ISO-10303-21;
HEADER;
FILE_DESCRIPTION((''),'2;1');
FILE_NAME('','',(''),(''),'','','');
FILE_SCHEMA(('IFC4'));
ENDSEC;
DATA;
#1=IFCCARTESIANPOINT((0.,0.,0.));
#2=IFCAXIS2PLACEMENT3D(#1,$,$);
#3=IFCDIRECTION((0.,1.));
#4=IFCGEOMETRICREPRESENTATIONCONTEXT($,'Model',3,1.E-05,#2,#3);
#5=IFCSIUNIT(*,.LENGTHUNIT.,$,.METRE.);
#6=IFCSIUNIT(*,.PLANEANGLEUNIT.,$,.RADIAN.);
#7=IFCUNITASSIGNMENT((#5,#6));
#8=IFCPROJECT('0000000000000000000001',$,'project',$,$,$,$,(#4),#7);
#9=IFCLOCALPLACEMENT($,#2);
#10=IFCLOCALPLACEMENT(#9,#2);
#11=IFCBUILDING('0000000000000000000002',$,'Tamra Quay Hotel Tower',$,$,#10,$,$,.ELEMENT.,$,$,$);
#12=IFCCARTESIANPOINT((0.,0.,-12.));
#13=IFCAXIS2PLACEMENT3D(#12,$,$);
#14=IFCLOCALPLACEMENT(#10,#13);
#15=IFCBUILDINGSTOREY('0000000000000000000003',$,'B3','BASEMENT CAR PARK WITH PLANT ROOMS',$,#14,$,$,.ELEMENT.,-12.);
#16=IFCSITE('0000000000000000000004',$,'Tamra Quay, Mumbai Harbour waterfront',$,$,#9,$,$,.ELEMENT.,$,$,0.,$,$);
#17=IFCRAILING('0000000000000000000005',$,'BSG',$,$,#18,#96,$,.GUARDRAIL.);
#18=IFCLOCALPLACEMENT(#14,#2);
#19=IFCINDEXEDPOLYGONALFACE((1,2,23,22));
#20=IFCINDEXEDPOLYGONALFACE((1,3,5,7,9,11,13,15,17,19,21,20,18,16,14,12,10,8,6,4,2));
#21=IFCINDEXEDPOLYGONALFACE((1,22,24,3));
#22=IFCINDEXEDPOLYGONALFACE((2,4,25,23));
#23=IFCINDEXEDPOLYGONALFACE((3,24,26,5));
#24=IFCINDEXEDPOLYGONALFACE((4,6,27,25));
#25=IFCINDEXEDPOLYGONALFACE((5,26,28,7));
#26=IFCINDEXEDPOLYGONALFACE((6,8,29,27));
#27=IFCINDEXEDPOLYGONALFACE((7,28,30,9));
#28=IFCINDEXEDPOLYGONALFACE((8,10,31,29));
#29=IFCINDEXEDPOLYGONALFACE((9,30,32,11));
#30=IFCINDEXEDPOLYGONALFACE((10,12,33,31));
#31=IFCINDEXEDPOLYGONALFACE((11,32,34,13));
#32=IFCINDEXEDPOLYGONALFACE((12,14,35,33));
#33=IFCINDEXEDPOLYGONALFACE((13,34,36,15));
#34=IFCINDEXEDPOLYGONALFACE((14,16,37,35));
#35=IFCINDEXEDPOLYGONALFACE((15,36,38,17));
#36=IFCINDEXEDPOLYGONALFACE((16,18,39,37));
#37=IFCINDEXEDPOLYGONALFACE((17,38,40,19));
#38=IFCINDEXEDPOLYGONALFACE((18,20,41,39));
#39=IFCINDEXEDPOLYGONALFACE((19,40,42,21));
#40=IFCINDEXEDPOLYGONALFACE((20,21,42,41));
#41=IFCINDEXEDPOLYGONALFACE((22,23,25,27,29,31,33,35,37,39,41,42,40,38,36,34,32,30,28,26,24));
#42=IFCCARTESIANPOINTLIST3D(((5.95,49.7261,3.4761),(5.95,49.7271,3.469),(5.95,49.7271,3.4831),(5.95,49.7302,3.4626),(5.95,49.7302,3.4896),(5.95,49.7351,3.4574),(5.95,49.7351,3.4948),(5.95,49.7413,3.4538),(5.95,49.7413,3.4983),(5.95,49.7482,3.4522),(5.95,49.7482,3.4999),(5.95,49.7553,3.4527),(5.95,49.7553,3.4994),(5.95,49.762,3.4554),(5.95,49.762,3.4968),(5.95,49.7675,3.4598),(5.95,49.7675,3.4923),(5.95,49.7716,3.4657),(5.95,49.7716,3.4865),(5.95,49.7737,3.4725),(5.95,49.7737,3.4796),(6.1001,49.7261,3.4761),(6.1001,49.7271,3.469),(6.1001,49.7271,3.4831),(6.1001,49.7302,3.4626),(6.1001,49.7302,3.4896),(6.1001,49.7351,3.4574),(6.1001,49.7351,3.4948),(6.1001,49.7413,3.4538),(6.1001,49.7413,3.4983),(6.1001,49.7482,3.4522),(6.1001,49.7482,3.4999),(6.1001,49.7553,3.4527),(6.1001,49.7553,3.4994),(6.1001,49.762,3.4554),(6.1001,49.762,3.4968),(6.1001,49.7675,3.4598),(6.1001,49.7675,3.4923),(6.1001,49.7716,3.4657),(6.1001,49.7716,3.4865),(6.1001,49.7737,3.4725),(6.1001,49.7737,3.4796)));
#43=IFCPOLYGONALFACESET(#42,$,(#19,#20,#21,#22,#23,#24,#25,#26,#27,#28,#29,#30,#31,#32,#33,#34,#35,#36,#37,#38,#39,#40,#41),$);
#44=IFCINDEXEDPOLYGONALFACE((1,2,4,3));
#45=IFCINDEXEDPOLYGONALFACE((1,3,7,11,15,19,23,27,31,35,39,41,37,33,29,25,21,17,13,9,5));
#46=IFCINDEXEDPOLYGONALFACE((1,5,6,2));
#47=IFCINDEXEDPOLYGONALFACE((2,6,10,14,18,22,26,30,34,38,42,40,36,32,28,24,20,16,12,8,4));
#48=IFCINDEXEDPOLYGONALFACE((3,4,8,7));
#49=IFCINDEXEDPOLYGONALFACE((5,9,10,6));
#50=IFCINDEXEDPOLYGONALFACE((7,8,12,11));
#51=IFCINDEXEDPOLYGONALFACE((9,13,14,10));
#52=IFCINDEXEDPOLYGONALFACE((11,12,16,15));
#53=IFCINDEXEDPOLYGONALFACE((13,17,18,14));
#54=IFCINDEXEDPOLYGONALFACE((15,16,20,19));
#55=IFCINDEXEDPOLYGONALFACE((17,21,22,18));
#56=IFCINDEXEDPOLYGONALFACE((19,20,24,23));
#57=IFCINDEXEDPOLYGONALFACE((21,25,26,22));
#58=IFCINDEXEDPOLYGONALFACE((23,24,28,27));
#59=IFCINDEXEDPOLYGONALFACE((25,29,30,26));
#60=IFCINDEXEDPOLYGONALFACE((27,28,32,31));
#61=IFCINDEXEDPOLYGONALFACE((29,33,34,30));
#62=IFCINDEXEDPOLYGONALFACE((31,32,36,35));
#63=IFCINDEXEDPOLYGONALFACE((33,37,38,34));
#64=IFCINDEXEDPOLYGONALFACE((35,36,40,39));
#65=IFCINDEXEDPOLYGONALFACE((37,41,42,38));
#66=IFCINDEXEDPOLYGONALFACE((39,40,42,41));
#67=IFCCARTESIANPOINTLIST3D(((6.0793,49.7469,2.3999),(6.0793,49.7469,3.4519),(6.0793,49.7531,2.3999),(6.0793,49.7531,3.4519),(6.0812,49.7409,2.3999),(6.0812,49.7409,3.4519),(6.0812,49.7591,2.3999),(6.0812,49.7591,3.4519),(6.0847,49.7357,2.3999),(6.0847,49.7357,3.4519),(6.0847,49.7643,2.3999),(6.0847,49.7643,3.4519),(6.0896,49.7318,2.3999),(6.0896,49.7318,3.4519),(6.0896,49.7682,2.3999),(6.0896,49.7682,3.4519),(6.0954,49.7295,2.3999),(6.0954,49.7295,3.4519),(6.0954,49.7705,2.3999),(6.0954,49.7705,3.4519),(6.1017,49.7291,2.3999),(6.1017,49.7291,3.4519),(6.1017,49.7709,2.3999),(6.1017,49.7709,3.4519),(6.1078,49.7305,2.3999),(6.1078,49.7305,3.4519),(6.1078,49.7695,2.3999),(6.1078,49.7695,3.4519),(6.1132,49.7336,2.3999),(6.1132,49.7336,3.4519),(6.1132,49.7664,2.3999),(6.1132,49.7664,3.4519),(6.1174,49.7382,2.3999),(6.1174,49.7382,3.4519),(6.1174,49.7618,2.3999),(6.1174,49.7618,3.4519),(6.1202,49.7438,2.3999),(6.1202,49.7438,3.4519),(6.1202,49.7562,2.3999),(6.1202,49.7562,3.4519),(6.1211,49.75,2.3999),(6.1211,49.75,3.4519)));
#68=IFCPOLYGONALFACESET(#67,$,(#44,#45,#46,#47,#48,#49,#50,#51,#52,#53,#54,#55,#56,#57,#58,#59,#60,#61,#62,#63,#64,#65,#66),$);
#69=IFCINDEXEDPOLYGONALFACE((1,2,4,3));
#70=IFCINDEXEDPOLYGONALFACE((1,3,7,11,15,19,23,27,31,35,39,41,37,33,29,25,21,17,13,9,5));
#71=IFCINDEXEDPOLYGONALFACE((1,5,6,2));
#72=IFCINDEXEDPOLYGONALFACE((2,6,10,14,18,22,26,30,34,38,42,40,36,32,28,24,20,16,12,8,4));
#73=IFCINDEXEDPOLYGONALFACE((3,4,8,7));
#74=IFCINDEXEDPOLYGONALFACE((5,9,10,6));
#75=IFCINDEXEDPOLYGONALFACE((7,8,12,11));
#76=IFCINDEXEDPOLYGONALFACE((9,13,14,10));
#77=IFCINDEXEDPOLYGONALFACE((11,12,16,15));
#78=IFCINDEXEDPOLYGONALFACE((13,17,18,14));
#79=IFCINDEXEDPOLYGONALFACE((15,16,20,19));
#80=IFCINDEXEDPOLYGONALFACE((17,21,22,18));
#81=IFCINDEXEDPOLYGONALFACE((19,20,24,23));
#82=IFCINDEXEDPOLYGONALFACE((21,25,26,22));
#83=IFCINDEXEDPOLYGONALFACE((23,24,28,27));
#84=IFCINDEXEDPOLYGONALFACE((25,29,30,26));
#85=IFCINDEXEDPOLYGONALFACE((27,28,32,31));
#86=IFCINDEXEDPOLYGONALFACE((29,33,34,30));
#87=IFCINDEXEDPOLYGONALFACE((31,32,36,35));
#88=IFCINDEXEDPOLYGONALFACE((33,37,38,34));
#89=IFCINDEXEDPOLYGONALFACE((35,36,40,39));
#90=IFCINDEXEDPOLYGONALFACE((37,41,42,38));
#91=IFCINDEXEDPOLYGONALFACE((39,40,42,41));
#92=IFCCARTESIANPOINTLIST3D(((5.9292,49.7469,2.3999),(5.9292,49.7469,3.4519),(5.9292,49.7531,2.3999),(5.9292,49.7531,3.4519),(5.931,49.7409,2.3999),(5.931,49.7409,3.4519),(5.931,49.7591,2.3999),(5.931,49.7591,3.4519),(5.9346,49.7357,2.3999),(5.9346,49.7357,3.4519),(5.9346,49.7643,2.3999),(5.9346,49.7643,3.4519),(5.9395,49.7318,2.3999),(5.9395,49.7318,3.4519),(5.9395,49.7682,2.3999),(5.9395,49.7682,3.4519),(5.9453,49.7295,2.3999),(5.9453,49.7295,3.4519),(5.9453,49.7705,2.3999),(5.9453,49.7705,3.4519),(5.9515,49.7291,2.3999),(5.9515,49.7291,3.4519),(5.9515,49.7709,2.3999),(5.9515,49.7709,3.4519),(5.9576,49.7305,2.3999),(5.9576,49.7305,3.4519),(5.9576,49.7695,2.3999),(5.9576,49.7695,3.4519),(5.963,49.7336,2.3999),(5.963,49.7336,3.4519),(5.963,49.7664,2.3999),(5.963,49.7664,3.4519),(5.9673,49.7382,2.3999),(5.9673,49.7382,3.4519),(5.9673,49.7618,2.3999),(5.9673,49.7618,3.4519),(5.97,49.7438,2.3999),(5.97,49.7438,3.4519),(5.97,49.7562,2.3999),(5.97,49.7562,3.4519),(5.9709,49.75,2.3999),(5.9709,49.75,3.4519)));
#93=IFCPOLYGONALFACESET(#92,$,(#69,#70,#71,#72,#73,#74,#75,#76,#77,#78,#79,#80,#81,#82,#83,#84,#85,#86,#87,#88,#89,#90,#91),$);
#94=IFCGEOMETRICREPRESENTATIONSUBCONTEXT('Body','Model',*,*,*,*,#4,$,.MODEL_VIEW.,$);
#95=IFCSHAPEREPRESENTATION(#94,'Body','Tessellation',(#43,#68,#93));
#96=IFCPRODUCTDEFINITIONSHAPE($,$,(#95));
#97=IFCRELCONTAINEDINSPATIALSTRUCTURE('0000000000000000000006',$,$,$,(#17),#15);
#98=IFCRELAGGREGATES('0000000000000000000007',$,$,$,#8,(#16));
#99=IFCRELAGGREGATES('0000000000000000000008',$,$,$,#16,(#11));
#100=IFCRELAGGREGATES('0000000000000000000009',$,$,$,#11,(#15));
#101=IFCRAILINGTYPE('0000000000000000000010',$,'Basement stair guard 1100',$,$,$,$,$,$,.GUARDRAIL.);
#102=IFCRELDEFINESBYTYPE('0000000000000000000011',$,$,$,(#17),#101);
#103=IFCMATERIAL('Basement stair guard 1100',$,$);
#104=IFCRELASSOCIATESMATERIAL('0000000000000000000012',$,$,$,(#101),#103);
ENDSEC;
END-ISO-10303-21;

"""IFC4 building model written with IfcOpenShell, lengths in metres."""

from ifc_helpers import new_model, si_unit, direction, frame, origin, origin_2d, place, context, subcontext, project, spatial, circle, extrude, material, type_object, element, save


model = new_model("IFC4")

# Units and contexts
model_context = context("Model", 3, precision=1e-05, world=origin(), true_north=direction((0.0, 1.0)))
body_context = subcontext(model_context, "Body", "Model", "MODEL_VIEW")
ifc_project = project(units=[si_unit("LENGTHUNIT", "METRE"), si_unit("PLANEANGLEUNIT", "RADIAN")], contexts=[model_context])

# Site, building, storey
site_placement = place(None, origin())
site = spatial("IfcSite", under=ifc_project, at=site_placement, Name="Tamra Quay, Mumbai Harbour waterfront", CompositionType="ELEMENT", RefElevation=0.0)
building_placement = place(site_placement, origin())
building = spatial("IfcBuilding", under=site, at=building_placement, Name="Tamra Quay Hotel Tower", CompositionType="ELEMENT")
storey_placement = place(building_placement, frame((0.0, 0.0, -12.0)))
storey = spatial("IfcBuildingStorey", under=building, at=storey_placement, Name="B3", Description="BASEMENT CAR PARK WITH PLANT ROOMS", CompositionType="ELEMENT", Elevation=-12.0)

# Railing
ifc_material_1 = material(Name="Basement stair guard 1100")
railing_type_1 = type_object("IfcRailingType", Name="Basement stair guard 1100", PredefinedType="GUARDRAIL", material=ifc_material_1)
railing_1_placement = place(storey_placement, frame((6.1001, 49.75, 2.3999)))
element("IfcRailing", 1, at=railing_1_placement, inside=storey, type_object=railing_type_1, Name="BSG", PredefinedType="GUARDRAIL", context=body_context, shape_type="SweptSolid", body=[
    extrude(circle(Radius=0.0239, at=origin_2d()), frame((0.0, 0.0, 1.0762), z_axis=(-1.0, 0.0, 0.0), x_axis=(0.0, -1.0, 0.0)), (0.0, 0.0, 1.0), 0.1501),
    extrude(circle(Radius=0.021, at=origin_2d()), origin(), (0.0, 0.0, 1.0), 1.052),
    extrude(circle(Radius=0.021, at=origin_2d()), frame((-0.1501, 0.0, 0.0)), (0.0, 0.0, 1.0), 1.052),
])

save(model, "model.ifc")
